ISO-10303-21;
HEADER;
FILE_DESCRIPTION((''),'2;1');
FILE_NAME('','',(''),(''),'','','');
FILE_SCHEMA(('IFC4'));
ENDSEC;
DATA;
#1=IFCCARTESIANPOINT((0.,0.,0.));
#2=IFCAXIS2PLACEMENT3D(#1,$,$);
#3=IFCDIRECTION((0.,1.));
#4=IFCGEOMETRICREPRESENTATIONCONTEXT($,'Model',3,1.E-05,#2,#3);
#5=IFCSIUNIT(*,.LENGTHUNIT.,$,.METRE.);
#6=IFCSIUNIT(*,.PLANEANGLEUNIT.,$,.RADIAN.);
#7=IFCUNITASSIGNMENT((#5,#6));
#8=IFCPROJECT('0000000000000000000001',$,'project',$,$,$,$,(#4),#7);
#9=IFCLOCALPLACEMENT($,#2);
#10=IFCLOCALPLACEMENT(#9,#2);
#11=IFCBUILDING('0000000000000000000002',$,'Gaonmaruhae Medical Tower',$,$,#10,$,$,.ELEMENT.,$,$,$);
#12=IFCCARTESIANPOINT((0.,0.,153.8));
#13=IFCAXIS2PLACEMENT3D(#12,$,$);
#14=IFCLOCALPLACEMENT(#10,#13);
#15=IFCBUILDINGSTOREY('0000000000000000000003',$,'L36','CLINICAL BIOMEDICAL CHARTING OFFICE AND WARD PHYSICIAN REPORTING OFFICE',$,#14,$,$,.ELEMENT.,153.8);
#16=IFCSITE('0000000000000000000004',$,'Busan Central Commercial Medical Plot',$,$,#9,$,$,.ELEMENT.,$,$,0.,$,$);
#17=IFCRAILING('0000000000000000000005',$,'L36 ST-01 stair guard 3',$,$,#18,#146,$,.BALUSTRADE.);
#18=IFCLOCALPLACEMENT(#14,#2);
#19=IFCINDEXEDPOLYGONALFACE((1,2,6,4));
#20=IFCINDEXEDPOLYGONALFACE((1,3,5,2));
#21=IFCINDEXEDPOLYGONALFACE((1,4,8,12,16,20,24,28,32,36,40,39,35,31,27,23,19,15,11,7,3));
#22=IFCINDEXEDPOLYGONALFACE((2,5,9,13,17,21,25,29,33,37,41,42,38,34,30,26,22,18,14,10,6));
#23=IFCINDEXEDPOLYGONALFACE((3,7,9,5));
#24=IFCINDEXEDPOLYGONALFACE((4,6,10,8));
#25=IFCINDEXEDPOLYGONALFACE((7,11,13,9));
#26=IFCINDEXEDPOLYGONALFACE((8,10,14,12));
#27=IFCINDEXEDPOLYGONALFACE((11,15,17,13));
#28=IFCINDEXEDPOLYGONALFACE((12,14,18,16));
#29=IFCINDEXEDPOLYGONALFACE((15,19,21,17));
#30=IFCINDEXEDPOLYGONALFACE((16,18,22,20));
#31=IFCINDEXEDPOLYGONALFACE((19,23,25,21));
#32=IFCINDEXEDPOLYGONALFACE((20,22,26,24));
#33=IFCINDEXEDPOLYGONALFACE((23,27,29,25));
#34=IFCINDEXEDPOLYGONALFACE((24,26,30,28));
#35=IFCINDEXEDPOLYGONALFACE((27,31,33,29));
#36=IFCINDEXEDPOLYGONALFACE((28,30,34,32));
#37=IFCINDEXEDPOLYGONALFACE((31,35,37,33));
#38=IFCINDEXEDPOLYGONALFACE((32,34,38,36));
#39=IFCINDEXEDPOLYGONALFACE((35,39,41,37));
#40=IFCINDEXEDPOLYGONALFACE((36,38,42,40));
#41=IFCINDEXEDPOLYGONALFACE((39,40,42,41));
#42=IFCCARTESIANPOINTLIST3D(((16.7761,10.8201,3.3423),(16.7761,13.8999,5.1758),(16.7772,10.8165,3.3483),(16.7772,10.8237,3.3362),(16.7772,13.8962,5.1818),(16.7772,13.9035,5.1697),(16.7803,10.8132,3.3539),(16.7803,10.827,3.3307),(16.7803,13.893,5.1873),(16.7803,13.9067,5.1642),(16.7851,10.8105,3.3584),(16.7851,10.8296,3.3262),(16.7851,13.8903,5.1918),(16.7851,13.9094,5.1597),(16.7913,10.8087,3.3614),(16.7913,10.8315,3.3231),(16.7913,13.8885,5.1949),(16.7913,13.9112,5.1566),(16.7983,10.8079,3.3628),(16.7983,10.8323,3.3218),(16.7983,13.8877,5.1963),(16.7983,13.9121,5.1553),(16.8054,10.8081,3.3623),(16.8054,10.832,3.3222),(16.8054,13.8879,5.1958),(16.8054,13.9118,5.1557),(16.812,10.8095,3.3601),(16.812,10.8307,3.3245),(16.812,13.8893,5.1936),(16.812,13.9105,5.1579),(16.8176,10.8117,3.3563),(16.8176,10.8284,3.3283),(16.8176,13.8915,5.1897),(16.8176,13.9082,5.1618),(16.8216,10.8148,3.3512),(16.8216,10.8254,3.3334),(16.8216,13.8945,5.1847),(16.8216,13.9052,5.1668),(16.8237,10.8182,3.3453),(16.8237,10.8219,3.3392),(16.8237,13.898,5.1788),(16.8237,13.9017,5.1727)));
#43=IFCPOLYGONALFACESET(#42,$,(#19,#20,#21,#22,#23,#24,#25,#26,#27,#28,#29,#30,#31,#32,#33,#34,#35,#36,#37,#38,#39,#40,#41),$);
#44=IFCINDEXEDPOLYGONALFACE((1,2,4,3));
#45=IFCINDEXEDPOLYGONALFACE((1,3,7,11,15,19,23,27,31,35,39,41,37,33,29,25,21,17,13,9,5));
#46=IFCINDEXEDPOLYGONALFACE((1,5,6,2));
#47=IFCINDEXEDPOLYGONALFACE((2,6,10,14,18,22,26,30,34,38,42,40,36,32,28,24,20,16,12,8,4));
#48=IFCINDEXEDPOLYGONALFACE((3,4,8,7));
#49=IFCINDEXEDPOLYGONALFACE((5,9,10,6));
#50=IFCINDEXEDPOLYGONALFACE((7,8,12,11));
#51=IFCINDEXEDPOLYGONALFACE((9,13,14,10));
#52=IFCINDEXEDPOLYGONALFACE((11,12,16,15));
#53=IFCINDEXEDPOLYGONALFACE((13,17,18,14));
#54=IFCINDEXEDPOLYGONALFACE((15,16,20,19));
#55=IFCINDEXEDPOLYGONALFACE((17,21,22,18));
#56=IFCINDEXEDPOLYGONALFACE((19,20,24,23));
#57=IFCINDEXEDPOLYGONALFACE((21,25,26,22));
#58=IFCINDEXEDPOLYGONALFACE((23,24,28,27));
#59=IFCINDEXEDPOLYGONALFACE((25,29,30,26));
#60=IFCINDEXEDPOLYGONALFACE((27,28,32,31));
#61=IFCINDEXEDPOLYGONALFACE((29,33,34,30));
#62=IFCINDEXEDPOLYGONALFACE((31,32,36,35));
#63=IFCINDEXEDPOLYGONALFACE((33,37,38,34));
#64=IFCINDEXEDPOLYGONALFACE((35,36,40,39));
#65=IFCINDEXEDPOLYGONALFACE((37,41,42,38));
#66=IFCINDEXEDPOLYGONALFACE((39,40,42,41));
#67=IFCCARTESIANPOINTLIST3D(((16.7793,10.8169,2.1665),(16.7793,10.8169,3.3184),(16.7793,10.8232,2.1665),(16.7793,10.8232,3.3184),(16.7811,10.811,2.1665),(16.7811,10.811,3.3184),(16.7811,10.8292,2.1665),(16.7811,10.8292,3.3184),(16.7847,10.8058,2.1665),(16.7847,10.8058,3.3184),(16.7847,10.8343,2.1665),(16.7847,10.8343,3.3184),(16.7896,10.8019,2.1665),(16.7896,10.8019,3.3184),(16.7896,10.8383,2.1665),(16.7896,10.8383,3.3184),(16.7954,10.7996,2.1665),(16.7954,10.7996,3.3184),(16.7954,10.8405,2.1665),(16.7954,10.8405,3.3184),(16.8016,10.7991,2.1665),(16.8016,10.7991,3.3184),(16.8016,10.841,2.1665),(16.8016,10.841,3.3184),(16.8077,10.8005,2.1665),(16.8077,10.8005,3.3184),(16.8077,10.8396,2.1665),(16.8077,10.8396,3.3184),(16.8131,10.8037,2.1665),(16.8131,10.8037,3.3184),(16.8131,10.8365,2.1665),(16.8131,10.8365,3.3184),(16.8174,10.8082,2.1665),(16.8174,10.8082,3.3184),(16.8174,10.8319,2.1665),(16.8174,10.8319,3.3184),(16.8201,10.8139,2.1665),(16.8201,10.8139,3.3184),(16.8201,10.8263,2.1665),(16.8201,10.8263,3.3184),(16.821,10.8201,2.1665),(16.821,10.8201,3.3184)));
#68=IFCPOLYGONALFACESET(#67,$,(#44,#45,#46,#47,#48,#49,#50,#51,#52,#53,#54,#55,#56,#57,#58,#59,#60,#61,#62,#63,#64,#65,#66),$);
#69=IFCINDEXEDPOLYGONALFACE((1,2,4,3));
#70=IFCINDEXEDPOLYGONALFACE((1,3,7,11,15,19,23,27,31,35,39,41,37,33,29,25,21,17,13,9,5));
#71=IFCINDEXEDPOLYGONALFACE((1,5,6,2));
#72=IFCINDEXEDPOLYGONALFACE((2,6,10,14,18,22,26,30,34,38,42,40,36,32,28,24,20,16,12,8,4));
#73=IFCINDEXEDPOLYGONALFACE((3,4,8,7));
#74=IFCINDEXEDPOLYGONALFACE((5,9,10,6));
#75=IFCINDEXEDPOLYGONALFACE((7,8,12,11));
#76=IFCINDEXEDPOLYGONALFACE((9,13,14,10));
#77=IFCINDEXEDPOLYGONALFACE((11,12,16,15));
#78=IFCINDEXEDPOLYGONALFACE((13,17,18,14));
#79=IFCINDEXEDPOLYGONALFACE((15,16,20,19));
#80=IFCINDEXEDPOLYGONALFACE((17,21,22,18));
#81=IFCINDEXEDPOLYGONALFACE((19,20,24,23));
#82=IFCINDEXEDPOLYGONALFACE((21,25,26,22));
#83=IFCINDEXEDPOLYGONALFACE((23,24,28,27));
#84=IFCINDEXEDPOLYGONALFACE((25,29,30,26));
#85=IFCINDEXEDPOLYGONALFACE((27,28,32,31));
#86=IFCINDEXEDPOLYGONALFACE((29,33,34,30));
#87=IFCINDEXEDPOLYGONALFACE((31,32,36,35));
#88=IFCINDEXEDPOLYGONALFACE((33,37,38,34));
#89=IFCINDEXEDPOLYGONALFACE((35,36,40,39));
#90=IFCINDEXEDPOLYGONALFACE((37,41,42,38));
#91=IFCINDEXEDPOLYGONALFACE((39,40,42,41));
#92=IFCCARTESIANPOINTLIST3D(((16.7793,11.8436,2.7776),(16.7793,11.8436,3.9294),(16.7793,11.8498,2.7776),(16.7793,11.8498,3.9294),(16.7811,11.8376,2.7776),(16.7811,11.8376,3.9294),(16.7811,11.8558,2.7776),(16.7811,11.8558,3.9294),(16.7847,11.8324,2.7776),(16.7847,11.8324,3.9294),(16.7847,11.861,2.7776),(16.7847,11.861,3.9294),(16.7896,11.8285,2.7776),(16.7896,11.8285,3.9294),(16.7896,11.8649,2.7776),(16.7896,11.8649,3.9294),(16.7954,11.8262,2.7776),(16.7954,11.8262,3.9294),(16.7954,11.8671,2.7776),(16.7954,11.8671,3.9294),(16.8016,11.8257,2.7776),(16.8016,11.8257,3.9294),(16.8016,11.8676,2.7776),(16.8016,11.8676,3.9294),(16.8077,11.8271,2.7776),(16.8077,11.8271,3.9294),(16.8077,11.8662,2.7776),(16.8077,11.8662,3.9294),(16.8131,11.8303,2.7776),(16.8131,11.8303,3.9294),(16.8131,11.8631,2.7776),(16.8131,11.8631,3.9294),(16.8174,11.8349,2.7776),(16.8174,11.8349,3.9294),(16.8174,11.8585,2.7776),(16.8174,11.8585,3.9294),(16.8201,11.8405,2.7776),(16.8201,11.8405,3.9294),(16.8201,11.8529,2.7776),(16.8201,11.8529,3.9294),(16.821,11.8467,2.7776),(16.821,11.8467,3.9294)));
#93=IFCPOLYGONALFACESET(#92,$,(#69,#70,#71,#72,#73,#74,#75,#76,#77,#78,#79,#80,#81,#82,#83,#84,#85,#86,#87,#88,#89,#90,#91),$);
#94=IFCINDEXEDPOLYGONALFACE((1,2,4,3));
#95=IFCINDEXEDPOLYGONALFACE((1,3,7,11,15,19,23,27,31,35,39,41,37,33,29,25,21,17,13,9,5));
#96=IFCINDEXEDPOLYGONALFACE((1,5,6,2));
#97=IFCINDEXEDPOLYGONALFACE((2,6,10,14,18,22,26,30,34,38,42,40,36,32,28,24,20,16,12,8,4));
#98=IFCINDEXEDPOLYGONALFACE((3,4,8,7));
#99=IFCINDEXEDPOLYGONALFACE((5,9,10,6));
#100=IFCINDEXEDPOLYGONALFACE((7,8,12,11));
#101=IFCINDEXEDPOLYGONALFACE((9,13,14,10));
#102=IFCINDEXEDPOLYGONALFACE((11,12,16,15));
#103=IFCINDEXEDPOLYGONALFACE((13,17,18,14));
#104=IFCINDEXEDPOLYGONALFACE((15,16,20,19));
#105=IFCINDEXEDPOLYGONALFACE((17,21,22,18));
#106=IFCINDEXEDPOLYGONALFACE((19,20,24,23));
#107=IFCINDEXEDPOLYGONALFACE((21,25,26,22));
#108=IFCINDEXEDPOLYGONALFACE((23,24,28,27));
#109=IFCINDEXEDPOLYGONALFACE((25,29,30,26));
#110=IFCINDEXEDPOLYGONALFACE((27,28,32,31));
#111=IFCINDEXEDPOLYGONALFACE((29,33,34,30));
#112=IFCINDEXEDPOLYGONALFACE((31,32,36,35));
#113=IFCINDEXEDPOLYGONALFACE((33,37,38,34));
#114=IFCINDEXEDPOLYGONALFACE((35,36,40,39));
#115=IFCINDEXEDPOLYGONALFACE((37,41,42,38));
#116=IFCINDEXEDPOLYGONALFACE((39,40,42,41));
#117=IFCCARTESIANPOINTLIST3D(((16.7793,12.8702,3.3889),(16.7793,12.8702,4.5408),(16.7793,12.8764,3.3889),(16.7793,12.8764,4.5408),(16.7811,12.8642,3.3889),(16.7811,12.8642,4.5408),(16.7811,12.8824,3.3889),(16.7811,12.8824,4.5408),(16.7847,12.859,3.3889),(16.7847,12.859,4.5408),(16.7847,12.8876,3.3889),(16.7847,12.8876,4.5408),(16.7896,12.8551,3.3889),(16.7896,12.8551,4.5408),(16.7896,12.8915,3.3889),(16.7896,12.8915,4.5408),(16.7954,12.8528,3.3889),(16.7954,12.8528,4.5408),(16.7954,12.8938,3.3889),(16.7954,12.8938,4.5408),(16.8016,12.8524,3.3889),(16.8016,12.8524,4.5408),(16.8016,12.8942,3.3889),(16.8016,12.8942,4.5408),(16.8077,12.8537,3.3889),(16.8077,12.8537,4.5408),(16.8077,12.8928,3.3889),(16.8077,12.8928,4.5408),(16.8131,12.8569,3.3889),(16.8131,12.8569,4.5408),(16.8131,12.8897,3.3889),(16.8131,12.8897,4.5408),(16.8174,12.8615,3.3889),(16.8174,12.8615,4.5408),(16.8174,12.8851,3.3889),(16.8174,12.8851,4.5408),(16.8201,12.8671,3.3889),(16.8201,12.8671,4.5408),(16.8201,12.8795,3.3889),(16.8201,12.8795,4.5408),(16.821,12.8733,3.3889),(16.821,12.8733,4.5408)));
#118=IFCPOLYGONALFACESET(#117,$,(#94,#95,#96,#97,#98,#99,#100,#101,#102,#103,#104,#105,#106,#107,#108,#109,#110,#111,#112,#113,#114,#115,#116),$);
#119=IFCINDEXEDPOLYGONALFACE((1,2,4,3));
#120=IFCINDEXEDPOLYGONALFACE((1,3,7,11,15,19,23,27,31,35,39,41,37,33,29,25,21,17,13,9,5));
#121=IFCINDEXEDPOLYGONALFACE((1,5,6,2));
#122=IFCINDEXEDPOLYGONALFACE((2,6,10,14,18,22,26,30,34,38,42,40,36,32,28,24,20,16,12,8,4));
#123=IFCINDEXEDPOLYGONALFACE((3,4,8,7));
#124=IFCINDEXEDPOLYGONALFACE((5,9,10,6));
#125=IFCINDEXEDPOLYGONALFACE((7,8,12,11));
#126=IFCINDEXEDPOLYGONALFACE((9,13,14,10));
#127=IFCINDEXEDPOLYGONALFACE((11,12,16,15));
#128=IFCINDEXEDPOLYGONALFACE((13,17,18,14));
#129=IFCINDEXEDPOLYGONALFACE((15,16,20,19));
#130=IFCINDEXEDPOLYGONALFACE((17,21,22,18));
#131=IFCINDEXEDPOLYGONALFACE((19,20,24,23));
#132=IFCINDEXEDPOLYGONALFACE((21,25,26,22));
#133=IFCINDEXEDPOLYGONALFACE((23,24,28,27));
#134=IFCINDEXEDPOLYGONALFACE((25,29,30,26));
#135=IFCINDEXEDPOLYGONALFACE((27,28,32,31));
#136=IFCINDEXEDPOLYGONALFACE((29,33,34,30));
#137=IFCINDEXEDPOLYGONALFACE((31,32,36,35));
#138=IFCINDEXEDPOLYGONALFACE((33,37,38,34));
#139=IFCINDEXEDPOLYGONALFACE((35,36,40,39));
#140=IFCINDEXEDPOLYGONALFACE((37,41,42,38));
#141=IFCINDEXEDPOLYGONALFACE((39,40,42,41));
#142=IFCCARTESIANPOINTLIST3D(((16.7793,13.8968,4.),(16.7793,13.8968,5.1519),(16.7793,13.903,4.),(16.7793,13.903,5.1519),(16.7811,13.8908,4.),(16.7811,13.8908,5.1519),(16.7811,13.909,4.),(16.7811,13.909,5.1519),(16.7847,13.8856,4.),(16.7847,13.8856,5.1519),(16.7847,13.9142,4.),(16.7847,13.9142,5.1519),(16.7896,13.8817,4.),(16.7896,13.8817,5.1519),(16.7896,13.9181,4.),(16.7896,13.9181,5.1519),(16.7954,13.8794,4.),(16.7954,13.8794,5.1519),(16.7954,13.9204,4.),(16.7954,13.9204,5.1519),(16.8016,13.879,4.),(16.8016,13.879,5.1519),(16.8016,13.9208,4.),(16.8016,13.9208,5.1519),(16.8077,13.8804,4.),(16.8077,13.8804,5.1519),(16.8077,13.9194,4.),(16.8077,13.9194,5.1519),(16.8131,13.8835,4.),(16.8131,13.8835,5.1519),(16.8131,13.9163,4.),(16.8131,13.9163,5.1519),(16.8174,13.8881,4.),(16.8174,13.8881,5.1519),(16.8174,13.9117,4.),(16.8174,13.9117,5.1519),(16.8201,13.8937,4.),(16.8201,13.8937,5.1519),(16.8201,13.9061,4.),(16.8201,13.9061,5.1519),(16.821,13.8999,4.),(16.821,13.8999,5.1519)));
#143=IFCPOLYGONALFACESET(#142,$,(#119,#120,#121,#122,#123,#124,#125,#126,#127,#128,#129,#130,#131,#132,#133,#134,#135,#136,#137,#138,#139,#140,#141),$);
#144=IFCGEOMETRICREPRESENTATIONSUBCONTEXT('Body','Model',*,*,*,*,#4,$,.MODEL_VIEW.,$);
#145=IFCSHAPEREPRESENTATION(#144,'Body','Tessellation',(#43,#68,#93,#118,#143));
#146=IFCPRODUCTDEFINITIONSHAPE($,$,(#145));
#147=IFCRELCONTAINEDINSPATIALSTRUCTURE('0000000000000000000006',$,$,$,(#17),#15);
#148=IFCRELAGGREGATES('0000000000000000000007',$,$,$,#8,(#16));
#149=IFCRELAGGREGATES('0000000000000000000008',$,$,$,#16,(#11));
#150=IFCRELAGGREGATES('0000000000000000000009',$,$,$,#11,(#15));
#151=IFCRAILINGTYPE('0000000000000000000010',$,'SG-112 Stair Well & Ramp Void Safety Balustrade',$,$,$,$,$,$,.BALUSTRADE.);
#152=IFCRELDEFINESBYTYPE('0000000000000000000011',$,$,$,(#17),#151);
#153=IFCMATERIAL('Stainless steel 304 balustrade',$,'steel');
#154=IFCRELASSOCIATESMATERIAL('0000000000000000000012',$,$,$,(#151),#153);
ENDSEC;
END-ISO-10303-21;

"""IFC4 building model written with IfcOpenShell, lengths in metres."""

from ifc_helpers import new_model, si_unit, direction, frame, origin, origin_2d, place, context, subcontext, project, spatial, circle, extrude, material, type_object, element, save


model = new_model("IFC4")

# Units and contexts
model_context = context("Model", 3, precision=1e-05, world=origin(), true_north=direction((0.0, 1.0)))
body_context = subcontext(model_context, "Body", "Model", "MODEL_VIEW")
ifc_project = project(units=[si_unit("LENGTHUNIT", "METRE"), si_unit("PLANEANGLEUNIT", "RADIAN")], contexts=[model_context])

# Site, building, storey
site_placement = place(None, origin())
site = spatial("IfcSite", under=ifc_project, at=site_placement, Name="Busan Central Commercial Medical Plot", CompositionType="ELEMENT", RefElevation=0.0)
building_placement = place(site_placement, origin())
building = spatial("IfcBuilding", under=site, at=building_placement, Name="Gaonmaruhae Medical Tower", CompositionType="ELEMENT")
storey_placement = place(building_placement, frame((0.0, 0.0, 153.8)))
storey = spatial("IfcBuildingStorey", under=building, at=storey_placement, Name="L36", Description="CLINICAL BIOMEDICAL CHARTING OFFICE AND WARD PHYSICIAN REPORTING OFFICE", CompositionType="ELEMENT", Elevation=153.8)

# Railing
ifc_material_1 = material(Name="Stainless steel 304 balustrade", Category="steel")
railing_type_1 = type_object("IfcRailingType", Name="SG-112 Stair Well & Ramp Void Safety Balustrade", PredefinedType="BALUSTRADE", material=ifc_material_1)
railing_1_placement = place(storey_placement, frame((16.8, 10.8201, 2.1665)))
element("IfcRailing", 1, at=railing_1_placement, inside=storey, type_object=railing_type_1, Name="L36 ST-01 stair guard 3", PredefinedType="BALUSTRADE", context=body_context, shape_type="SweptSolid", body=[
    extrude(circle(Radius=0.0239, at=origin_2d()), frame((0.0, 0.0, 1.1758), z_axis=(0.0, 0.859261, 0.511538), x_axis=(-1.0, 0.0, 0.0)), (0.0, 0.0, 1.0), 3.5842),
    extrude(circle(Radius=0.021, at=origin_2d()), origin(), (0.0, 0.0, 1.0), 1.1519),
    extrude(circle(Radius=0.021, at=origin_2d()), frame((0.0, 1.0266, 0.6111)), (0.0, 0.0, 1.0), 1.1519),
    extrude(circle(Radius=0.021, at=origin_2d()), frame((0.0, 2.0532, 1.2224)), (0.0, 0.0, 1.0), 1.1519),
    extrude(circle(Radius=0.021, at=origin_2d()), frame((0.0, 3.0798, 1.8335)), (0.0, 0.0, 1.0), 1.1519),
])

save(model, "model.ifc")
